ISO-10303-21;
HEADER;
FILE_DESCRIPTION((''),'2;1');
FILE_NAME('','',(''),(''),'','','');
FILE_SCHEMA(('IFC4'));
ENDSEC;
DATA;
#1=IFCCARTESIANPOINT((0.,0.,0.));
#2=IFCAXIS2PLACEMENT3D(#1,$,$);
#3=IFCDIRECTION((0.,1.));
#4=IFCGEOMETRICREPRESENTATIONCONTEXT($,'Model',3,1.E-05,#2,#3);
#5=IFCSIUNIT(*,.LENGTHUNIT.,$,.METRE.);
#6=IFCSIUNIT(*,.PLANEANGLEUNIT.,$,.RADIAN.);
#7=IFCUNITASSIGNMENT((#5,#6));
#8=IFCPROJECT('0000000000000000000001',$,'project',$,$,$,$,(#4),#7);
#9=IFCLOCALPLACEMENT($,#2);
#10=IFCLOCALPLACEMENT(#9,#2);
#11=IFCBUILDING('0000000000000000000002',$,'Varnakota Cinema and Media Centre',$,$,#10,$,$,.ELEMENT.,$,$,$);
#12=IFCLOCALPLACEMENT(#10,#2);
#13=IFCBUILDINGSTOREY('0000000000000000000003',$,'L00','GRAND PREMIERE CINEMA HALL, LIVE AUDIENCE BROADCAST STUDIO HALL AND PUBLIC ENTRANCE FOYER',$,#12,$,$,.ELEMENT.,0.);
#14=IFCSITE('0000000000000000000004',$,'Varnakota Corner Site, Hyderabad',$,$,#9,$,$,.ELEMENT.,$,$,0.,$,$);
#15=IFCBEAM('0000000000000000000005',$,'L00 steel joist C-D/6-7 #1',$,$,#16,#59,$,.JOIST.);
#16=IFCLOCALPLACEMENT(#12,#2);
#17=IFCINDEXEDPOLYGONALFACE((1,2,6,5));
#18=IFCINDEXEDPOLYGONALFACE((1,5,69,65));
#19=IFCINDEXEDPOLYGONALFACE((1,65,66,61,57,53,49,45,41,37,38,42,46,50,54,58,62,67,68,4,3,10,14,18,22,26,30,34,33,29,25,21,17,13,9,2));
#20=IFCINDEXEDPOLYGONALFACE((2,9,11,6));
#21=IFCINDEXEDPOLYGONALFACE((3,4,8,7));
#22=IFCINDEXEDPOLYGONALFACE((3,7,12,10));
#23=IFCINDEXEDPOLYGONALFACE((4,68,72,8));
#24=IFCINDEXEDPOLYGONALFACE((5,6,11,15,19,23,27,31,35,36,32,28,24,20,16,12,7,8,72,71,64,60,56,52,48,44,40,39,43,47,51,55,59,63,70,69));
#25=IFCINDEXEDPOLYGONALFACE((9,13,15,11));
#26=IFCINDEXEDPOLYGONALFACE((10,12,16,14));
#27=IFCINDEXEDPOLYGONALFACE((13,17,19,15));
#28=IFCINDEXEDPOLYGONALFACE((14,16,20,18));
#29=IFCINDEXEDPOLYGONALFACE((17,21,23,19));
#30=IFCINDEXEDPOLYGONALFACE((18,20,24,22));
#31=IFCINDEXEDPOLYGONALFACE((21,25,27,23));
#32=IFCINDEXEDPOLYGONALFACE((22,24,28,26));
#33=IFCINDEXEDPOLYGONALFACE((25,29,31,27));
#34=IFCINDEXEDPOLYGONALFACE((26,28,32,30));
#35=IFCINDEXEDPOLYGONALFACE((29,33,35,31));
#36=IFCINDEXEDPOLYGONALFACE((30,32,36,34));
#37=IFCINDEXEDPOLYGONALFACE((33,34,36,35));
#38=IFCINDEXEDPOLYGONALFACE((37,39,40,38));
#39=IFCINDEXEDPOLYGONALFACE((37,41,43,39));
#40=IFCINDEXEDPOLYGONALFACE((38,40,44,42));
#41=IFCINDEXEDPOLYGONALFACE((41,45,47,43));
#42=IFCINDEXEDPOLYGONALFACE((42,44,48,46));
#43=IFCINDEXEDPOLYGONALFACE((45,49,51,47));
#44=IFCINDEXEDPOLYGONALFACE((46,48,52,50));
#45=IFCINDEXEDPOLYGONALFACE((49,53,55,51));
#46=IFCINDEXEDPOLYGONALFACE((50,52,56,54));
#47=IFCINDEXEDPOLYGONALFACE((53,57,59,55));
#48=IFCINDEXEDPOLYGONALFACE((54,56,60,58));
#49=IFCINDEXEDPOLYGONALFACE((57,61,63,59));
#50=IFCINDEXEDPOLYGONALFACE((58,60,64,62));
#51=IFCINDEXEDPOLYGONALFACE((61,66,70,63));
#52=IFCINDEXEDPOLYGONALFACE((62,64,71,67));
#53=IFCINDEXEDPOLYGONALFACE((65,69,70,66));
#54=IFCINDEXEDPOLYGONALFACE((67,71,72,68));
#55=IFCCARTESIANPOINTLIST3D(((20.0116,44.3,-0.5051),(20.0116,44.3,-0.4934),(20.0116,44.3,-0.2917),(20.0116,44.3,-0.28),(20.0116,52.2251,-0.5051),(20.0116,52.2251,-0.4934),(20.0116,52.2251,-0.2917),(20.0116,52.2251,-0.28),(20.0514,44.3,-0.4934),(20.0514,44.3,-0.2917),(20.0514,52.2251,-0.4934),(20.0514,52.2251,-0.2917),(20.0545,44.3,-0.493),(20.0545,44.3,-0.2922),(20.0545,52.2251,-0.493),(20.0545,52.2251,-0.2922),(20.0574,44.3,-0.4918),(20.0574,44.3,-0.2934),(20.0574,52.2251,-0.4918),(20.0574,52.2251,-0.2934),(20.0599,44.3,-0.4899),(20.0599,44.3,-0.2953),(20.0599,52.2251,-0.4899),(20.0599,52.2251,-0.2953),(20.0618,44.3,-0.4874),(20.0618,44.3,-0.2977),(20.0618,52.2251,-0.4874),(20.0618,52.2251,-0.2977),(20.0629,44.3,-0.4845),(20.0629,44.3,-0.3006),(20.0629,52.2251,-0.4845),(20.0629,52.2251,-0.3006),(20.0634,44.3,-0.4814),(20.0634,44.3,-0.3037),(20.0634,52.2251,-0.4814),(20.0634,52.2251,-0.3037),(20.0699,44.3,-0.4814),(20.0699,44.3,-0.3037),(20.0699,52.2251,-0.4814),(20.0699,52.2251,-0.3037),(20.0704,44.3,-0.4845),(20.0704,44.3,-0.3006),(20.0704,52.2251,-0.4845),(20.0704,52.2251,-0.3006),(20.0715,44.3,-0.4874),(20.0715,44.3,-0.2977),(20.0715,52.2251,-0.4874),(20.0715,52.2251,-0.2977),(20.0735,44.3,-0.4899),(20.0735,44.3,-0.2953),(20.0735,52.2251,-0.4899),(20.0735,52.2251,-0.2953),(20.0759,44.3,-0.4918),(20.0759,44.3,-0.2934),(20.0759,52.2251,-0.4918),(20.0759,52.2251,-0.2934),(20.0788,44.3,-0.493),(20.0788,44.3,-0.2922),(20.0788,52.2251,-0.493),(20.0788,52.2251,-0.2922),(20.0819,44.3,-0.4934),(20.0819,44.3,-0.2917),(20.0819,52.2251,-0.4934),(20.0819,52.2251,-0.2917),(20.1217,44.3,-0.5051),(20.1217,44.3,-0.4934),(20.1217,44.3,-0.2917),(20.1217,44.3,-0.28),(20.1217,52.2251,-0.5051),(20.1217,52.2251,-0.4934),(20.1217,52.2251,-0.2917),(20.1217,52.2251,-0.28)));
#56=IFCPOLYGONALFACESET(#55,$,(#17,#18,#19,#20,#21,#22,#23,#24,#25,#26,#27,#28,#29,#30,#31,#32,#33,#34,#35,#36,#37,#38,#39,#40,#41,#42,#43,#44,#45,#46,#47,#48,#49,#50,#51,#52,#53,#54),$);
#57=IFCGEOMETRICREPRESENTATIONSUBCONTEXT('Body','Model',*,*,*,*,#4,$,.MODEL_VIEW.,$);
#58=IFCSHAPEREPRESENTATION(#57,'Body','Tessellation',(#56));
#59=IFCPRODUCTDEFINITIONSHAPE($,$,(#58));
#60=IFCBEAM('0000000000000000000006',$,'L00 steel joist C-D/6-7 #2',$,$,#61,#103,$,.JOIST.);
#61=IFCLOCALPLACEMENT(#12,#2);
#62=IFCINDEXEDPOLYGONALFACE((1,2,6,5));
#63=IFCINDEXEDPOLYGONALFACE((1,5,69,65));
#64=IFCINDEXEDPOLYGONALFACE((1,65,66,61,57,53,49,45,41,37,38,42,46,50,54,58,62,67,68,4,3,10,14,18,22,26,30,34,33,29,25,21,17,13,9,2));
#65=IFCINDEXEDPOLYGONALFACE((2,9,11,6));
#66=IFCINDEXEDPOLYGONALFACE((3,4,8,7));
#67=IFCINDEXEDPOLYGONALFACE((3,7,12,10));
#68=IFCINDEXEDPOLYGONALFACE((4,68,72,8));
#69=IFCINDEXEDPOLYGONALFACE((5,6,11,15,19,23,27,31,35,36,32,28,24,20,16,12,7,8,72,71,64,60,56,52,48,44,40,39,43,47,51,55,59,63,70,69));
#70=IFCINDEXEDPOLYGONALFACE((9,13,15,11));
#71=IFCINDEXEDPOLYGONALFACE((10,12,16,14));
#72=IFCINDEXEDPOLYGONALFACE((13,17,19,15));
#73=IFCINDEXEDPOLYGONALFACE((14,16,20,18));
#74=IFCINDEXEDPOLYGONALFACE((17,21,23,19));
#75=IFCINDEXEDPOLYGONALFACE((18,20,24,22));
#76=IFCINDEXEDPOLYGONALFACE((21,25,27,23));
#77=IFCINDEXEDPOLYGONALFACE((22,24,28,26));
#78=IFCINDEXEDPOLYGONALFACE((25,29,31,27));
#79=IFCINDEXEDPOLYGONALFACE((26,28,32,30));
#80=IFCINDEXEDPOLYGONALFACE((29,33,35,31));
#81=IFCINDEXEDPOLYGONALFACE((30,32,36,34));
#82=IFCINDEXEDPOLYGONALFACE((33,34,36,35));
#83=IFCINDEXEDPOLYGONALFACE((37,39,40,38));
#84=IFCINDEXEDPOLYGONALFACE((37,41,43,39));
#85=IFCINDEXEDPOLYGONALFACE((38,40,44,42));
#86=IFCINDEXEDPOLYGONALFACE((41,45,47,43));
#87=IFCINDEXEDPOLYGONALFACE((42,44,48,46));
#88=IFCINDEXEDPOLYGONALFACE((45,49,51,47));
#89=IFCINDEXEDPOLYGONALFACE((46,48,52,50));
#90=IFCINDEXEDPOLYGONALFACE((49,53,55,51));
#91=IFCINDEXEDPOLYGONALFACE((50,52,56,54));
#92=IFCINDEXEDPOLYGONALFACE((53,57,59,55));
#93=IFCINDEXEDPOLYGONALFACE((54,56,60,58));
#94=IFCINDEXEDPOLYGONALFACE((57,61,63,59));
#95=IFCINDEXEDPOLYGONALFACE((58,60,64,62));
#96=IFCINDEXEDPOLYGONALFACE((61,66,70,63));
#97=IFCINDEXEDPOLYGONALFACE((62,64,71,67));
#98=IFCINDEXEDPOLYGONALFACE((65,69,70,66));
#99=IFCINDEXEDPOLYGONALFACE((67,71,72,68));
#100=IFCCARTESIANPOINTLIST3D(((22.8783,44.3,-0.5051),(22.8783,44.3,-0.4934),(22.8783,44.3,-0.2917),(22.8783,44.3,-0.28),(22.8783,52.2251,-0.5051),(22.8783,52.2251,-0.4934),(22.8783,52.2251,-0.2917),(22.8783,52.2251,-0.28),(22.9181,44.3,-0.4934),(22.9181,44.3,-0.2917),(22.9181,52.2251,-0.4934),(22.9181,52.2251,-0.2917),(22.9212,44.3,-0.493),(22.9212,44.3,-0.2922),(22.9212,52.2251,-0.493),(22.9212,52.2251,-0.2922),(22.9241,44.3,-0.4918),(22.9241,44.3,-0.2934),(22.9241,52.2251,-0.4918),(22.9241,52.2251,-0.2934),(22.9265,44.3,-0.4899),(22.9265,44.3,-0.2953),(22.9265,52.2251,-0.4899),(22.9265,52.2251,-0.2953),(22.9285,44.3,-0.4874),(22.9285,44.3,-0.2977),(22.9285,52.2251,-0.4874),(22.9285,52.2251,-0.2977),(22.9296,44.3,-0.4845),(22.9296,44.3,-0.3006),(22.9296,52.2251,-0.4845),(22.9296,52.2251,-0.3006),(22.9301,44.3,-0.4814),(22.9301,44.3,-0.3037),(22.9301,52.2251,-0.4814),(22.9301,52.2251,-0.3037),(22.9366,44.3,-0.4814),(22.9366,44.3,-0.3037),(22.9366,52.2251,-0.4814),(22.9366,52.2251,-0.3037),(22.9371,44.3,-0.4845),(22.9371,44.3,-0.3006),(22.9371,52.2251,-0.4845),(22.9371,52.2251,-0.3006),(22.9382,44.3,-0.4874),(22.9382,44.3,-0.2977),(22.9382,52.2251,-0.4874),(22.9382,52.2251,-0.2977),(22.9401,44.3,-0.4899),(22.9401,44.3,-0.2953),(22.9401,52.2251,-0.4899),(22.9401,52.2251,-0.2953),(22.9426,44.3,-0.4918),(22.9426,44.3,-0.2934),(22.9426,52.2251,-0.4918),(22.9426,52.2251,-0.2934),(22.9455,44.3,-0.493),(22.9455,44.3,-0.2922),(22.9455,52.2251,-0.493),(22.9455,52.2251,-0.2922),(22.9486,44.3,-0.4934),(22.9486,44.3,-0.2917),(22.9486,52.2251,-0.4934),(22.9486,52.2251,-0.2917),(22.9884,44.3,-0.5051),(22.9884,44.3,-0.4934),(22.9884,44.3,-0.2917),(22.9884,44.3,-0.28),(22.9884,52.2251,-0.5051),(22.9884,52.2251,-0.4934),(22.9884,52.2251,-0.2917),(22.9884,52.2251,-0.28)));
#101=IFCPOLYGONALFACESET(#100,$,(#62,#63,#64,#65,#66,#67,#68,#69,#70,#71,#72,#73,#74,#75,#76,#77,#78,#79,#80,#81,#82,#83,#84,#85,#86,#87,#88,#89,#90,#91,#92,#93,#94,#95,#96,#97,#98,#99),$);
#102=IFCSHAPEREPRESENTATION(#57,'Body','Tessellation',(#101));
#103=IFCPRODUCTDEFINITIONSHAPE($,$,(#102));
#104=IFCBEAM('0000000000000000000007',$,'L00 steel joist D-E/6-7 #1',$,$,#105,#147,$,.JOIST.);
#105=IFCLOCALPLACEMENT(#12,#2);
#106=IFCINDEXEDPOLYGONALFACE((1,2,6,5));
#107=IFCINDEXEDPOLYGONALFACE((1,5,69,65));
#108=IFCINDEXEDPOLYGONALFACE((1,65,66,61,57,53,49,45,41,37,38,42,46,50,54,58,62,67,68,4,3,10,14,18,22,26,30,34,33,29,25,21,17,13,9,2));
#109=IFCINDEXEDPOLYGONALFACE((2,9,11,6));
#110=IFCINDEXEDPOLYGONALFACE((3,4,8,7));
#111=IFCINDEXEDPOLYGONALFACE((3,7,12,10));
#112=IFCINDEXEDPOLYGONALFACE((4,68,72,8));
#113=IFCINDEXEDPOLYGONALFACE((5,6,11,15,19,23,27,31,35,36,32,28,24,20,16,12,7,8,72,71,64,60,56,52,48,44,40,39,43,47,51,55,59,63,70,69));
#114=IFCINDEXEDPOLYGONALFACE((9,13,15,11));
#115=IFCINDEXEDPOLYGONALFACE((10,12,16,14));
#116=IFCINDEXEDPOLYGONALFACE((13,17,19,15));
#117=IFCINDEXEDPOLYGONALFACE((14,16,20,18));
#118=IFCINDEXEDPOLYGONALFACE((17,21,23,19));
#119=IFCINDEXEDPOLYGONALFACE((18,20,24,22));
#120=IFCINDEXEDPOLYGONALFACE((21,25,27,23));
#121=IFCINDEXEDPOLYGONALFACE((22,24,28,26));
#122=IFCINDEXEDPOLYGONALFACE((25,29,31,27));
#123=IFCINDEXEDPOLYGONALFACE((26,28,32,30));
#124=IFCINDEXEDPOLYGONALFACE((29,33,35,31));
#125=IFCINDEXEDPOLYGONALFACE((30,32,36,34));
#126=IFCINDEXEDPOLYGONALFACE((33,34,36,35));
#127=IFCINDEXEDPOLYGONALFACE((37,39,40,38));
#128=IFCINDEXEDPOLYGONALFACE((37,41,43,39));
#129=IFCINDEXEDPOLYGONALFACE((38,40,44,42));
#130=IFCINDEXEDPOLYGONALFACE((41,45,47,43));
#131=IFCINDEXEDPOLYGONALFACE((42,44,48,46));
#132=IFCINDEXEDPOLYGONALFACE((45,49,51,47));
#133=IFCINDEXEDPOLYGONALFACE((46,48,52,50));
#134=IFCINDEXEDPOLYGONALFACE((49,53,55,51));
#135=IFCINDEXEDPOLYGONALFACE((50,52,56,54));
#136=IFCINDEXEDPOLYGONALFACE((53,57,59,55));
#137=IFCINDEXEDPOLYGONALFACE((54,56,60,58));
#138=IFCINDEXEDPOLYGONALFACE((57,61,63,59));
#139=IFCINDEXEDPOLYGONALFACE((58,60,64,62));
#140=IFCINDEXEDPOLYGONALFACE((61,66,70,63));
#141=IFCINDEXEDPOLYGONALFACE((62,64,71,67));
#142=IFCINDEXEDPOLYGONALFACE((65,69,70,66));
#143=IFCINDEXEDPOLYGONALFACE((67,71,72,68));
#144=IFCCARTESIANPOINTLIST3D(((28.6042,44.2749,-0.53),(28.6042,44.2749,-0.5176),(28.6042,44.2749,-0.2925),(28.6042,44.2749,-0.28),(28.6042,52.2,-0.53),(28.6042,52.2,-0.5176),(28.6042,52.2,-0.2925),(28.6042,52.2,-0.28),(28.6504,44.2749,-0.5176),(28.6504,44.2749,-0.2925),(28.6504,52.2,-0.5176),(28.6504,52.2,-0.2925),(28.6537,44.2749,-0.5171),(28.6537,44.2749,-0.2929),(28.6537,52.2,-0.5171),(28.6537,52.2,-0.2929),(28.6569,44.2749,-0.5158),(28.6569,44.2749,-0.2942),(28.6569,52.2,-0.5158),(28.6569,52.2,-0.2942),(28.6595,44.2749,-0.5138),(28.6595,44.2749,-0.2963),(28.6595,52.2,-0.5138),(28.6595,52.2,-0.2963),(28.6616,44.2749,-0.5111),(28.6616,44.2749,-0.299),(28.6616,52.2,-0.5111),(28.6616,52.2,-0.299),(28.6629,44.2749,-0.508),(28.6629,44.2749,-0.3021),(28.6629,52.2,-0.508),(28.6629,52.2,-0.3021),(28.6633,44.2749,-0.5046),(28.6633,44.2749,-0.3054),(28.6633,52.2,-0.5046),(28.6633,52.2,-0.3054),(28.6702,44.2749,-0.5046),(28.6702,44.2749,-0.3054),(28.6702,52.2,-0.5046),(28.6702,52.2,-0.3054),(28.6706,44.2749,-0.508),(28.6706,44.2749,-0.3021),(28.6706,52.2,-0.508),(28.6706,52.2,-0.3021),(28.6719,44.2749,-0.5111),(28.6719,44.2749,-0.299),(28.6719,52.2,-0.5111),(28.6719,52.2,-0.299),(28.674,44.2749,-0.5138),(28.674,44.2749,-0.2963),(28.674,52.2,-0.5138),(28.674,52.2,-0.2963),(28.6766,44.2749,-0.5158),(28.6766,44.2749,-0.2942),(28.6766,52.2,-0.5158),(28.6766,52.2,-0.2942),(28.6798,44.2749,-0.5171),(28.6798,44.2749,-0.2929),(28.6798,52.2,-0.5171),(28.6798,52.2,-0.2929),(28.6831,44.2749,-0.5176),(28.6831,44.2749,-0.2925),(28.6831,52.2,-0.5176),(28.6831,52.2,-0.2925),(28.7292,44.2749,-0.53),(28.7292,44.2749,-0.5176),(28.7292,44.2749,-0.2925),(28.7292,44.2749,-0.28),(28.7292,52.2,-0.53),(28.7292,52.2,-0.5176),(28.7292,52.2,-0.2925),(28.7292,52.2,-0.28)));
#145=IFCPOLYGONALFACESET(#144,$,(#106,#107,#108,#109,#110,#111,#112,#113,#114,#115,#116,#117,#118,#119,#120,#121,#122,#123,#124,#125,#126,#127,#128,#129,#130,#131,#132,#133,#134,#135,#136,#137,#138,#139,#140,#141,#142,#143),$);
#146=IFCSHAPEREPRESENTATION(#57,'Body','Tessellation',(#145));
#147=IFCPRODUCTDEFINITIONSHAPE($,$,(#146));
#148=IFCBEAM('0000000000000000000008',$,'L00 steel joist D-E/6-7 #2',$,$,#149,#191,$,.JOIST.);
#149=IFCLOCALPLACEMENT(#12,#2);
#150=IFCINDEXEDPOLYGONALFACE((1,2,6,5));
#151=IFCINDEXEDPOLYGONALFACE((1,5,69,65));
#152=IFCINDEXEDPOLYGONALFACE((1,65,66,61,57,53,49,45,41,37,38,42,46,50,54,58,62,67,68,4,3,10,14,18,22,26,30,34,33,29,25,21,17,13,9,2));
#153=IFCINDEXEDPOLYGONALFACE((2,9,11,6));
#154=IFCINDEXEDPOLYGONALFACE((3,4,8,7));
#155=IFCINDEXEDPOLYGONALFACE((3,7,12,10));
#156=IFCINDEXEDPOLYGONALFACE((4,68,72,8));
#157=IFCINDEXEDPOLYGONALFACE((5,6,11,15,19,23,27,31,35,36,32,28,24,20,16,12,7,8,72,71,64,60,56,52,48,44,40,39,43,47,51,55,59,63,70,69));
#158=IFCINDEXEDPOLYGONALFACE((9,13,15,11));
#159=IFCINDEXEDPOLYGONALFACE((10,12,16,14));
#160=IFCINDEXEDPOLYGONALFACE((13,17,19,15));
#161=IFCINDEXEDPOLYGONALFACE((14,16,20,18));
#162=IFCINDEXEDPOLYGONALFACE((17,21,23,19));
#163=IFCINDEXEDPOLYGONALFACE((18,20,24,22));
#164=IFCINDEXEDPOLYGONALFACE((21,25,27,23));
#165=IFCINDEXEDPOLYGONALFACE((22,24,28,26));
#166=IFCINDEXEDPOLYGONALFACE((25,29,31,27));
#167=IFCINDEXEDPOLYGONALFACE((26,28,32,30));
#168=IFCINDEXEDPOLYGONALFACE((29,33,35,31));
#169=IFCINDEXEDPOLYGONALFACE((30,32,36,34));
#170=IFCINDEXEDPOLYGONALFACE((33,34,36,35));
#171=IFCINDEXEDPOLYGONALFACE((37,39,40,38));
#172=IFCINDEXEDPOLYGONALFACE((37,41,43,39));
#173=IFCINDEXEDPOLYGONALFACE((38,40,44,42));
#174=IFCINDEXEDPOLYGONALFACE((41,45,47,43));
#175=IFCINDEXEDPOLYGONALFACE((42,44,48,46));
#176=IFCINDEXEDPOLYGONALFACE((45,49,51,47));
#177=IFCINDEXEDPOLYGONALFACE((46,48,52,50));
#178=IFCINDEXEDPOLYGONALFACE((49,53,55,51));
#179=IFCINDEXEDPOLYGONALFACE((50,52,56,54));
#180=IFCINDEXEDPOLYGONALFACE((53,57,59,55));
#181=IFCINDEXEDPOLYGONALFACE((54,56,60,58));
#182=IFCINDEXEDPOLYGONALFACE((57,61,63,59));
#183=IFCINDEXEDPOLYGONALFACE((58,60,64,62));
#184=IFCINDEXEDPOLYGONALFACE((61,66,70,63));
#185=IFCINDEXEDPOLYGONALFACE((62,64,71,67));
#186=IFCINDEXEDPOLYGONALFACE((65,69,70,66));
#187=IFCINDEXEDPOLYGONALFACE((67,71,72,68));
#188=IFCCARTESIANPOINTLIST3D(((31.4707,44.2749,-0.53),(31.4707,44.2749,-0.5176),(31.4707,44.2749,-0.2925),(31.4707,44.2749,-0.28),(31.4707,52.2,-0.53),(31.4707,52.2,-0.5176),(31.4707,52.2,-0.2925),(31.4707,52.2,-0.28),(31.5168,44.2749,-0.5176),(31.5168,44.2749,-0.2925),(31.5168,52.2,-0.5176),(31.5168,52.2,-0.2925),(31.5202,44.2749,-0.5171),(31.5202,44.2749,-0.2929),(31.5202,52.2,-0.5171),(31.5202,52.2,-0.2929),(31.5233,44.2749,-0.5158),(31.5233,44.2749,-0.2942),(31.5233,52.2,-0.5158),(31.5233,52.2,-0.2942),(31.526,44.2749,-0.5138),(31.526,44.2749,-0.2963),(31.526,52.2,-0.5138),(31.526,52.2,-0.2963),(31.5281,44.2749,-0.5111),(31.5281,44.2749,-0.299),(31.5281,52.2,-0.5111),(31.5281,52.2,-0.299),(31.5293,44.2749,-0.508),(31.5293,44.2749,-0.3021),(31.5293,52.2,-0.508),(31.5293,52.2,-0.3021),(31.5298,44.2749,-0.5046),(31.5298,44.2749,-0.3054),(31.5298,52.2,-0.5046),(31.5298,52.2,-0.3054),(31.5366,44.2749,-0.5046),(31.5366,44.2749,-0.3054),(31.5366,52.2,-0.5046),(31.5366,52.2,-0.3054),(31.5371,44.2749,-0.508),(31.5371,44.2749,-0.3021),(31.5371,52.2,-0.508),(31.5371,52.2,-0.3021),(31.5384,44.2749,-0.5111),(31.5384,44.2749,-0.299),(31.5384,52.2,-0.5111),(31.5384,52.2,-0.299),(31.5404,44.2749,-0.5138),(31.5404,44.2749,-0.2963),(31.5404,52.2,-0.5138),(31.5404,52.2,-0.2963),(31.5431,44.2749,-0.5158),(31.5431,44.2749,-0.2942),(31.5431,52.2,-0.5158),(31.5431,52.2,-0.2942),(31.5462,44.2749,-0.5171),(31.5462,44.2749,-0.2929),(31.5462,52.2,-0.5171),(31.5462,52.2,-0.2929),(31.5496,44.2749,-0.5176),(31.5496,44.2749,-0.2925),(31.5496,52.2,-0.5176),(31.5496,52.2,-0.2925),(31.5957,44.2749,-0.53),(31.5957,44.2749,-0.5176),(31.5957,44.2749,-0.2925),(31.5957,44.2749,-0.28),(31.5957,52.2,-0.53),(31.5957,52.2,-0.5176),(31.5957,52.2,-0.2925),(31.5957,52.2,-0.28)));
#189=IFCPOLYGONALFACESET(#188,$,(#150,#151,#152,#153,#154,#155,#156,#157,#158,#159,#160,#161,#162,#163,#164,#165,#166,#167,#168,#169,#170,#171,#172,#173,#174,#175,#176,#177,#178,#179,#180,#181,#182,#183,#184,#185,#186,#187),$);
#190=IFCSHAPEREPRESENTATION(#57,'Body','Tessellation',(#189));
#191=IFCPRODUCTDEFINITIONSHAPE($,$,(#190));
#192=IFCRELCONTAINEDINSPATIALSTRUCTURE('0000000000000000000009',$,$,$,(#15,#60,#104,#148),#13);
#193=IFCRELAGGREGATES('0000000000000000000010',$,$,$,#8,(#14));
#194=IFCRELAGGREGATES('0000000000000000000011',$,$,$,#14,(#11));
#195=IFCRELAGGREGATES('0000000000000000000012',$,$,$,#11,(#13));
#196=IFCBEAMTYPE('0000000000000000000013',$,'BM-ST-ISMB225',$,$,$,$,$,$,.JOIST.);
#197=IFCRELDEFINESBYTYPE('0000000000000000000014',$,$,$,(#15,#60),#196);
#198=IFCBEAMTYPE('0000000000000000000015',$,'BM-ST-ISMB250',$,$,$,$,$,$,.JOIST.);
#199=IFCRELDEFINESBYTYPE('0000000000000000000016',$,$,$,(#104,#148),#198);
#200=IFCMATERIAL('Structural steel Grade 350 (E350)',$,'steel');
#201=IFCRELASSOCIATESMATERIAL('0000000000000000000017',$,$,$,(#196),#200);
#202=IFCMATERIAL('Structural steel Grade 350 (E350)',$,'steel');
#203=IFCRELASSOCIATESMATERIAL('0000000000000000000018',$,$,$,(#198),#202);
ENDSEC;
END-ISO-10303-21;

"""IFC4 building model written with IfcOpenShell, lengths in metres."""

from ifc_helpers import new_model, si_unit, direction, frame, origin, origin_2d, place, context, subcontext, project, spatial, i_section, extrude, material, material_profile, profile_set, type_object, element, save


model = new_model("IFC4")

# Units and contexts
model_context = context("Model", 3, precision=1e-05, world=origin(), true_north=direction((0.0, 1.0)))
body_context = subcontext(model_context, "Body", "Model", "MODEL_VIEW")
ifc_project = project(units=[si_unit("LENGTHUNIT", "METRE"), si_unit("PLANEANGLEUNIT", "RADIAN")], contexts=[model_context])

# Site, building, storey
site_placement = place(None, origin())
site = spatial("IfcSite", under=ifc_project, at=site_placement, Name="Varnakota Corner Site, Hyderabad", CompositionType="ELEMENT", RefElevation=0.0)
building_placement = place(site_placement, origin())
building = spatial("IfcBuilding", under=site, at=building_placement, Name="Varnakota Cinema and Media Centre", CompositionType="ELEMENT")
storey_placement = place(building_placement, origin())
storey = spatial("IfcBuildingStorey", under=building, at=storey_placement, Name="L00", Description="GRAND PREMIERE CINEMA HALL, LIVE AUDIENCE BROADCAST STUDIO HALL AND PUBLIC ENTRANCE FOYER", CompositionType="ELEMENT", Elevation=0.0)

# Beams
ifc_material_1 = material(Name="Structural steel Grade 350 (E350)", Category="steel")
ifc_material_profile_1 = material_profile(ifc_material_1, i_section(OverallWidth=0.1101, OverallDepth=0.2251, WebThickness=0.0066, FlangeThickness=0.0117, FilletRadius=0.012, at=origin_2d()), Name="ISMB 225")
ifc_profile_set_1 = profile_set([ifc_material_profile_1], Name="Structural steel Grade 350 (E350)")
beam_type_1 = type_object("IfcBeamType", Name="BM-ST-ISMB225", PredefinedType="JOIST", material=ifc_profile_set_1)
for number, where, z_axis, x_axis, name in (
    (1, (20.0667, 44.3, -0.3926), (0.0, 1.0, 0.0), (-1.0, 0.0, 0.0), "L00 steel joist C-D/6-7 #1"),
    (2, (22.9333, 44.3, -0.3926), (0.0, 1.0, 0.0), (-1.0, 0.0, 0.0), "L00 steel joist C-D/6-7 #2"),
):
    element("IfcBeam", number, at=place(storey_placement, frame(where, z_axis=z_axis, x_axis=x_axis)), inside=storey, type_object=beam_type_1, Name=name, PredefinedType="JOIST", context=body_context, shape_type="SweptSolid", body=[
        extrude(i_section(OverallWidth=0.1101, OverallDepth=0.2251, WebThickness=0.0066, FlangeThickness=0.0117, FilletRadius=0.012, at=origin_2d()), origin(), (0.0, 0.0, 1.0), 7.925),
    ])
ifc_material_2 = material(Name="Structural steel Grade 350 (E350)", Category="steel")
ifc_material_profile_2 = material_profile(ifc_material_2, i_section(OverallWidth=0.125, OverallDepth=0.25, WebThickness=0.0068, FlangeThickness=0.0125, FilletRadius=0.0129, at=origin_2d()), Name="ISMB 250")
ifc_profile_set_2 = profile_set([ifc_material_profile_2], Name="Structural steel Grade 350 (E350)")
beam_type_2 = type_object("IfcBeamType", Name="BM-ST-ISMB250", PredefinedType="JOIST", material=ifc_profile_set_2)
for number, where, z_axis, x_axis, name in (
    (3, (28.6667, 44.2749, -0.405), (0.0, 1.0, 0.0), (-1.0, 0.0, 0.0), "L00 steel joist D-E/6-7 #1"),
    (4, (31.5332, 44.2749, -0.405), (0.0, 1.0, 0.0), (-1.0, 0.0, 0.0), "L00 steel joist D-E/6-7 #2"),
):
    element("IfcBeam", number, at=place(storey_placement, frame(where, z_axis=z_axis, x_axis=x_axis)), inside=storey, type_object=beam_type_2, Name=name, PredefinedType="JOIST", context=body_context, shape_type="SweptSolid", body=[
        extrude(i_section(OverallWidth=0.125, OverallDepth=0.25, WebThickness=0.0068, FlangeThickness=0.0125, FilletRadius=0.0129, at=origin_2d()), origin(), (0.0, 0.0, 1.0), 7.925),
    ])

save(model, "model.ifc")
